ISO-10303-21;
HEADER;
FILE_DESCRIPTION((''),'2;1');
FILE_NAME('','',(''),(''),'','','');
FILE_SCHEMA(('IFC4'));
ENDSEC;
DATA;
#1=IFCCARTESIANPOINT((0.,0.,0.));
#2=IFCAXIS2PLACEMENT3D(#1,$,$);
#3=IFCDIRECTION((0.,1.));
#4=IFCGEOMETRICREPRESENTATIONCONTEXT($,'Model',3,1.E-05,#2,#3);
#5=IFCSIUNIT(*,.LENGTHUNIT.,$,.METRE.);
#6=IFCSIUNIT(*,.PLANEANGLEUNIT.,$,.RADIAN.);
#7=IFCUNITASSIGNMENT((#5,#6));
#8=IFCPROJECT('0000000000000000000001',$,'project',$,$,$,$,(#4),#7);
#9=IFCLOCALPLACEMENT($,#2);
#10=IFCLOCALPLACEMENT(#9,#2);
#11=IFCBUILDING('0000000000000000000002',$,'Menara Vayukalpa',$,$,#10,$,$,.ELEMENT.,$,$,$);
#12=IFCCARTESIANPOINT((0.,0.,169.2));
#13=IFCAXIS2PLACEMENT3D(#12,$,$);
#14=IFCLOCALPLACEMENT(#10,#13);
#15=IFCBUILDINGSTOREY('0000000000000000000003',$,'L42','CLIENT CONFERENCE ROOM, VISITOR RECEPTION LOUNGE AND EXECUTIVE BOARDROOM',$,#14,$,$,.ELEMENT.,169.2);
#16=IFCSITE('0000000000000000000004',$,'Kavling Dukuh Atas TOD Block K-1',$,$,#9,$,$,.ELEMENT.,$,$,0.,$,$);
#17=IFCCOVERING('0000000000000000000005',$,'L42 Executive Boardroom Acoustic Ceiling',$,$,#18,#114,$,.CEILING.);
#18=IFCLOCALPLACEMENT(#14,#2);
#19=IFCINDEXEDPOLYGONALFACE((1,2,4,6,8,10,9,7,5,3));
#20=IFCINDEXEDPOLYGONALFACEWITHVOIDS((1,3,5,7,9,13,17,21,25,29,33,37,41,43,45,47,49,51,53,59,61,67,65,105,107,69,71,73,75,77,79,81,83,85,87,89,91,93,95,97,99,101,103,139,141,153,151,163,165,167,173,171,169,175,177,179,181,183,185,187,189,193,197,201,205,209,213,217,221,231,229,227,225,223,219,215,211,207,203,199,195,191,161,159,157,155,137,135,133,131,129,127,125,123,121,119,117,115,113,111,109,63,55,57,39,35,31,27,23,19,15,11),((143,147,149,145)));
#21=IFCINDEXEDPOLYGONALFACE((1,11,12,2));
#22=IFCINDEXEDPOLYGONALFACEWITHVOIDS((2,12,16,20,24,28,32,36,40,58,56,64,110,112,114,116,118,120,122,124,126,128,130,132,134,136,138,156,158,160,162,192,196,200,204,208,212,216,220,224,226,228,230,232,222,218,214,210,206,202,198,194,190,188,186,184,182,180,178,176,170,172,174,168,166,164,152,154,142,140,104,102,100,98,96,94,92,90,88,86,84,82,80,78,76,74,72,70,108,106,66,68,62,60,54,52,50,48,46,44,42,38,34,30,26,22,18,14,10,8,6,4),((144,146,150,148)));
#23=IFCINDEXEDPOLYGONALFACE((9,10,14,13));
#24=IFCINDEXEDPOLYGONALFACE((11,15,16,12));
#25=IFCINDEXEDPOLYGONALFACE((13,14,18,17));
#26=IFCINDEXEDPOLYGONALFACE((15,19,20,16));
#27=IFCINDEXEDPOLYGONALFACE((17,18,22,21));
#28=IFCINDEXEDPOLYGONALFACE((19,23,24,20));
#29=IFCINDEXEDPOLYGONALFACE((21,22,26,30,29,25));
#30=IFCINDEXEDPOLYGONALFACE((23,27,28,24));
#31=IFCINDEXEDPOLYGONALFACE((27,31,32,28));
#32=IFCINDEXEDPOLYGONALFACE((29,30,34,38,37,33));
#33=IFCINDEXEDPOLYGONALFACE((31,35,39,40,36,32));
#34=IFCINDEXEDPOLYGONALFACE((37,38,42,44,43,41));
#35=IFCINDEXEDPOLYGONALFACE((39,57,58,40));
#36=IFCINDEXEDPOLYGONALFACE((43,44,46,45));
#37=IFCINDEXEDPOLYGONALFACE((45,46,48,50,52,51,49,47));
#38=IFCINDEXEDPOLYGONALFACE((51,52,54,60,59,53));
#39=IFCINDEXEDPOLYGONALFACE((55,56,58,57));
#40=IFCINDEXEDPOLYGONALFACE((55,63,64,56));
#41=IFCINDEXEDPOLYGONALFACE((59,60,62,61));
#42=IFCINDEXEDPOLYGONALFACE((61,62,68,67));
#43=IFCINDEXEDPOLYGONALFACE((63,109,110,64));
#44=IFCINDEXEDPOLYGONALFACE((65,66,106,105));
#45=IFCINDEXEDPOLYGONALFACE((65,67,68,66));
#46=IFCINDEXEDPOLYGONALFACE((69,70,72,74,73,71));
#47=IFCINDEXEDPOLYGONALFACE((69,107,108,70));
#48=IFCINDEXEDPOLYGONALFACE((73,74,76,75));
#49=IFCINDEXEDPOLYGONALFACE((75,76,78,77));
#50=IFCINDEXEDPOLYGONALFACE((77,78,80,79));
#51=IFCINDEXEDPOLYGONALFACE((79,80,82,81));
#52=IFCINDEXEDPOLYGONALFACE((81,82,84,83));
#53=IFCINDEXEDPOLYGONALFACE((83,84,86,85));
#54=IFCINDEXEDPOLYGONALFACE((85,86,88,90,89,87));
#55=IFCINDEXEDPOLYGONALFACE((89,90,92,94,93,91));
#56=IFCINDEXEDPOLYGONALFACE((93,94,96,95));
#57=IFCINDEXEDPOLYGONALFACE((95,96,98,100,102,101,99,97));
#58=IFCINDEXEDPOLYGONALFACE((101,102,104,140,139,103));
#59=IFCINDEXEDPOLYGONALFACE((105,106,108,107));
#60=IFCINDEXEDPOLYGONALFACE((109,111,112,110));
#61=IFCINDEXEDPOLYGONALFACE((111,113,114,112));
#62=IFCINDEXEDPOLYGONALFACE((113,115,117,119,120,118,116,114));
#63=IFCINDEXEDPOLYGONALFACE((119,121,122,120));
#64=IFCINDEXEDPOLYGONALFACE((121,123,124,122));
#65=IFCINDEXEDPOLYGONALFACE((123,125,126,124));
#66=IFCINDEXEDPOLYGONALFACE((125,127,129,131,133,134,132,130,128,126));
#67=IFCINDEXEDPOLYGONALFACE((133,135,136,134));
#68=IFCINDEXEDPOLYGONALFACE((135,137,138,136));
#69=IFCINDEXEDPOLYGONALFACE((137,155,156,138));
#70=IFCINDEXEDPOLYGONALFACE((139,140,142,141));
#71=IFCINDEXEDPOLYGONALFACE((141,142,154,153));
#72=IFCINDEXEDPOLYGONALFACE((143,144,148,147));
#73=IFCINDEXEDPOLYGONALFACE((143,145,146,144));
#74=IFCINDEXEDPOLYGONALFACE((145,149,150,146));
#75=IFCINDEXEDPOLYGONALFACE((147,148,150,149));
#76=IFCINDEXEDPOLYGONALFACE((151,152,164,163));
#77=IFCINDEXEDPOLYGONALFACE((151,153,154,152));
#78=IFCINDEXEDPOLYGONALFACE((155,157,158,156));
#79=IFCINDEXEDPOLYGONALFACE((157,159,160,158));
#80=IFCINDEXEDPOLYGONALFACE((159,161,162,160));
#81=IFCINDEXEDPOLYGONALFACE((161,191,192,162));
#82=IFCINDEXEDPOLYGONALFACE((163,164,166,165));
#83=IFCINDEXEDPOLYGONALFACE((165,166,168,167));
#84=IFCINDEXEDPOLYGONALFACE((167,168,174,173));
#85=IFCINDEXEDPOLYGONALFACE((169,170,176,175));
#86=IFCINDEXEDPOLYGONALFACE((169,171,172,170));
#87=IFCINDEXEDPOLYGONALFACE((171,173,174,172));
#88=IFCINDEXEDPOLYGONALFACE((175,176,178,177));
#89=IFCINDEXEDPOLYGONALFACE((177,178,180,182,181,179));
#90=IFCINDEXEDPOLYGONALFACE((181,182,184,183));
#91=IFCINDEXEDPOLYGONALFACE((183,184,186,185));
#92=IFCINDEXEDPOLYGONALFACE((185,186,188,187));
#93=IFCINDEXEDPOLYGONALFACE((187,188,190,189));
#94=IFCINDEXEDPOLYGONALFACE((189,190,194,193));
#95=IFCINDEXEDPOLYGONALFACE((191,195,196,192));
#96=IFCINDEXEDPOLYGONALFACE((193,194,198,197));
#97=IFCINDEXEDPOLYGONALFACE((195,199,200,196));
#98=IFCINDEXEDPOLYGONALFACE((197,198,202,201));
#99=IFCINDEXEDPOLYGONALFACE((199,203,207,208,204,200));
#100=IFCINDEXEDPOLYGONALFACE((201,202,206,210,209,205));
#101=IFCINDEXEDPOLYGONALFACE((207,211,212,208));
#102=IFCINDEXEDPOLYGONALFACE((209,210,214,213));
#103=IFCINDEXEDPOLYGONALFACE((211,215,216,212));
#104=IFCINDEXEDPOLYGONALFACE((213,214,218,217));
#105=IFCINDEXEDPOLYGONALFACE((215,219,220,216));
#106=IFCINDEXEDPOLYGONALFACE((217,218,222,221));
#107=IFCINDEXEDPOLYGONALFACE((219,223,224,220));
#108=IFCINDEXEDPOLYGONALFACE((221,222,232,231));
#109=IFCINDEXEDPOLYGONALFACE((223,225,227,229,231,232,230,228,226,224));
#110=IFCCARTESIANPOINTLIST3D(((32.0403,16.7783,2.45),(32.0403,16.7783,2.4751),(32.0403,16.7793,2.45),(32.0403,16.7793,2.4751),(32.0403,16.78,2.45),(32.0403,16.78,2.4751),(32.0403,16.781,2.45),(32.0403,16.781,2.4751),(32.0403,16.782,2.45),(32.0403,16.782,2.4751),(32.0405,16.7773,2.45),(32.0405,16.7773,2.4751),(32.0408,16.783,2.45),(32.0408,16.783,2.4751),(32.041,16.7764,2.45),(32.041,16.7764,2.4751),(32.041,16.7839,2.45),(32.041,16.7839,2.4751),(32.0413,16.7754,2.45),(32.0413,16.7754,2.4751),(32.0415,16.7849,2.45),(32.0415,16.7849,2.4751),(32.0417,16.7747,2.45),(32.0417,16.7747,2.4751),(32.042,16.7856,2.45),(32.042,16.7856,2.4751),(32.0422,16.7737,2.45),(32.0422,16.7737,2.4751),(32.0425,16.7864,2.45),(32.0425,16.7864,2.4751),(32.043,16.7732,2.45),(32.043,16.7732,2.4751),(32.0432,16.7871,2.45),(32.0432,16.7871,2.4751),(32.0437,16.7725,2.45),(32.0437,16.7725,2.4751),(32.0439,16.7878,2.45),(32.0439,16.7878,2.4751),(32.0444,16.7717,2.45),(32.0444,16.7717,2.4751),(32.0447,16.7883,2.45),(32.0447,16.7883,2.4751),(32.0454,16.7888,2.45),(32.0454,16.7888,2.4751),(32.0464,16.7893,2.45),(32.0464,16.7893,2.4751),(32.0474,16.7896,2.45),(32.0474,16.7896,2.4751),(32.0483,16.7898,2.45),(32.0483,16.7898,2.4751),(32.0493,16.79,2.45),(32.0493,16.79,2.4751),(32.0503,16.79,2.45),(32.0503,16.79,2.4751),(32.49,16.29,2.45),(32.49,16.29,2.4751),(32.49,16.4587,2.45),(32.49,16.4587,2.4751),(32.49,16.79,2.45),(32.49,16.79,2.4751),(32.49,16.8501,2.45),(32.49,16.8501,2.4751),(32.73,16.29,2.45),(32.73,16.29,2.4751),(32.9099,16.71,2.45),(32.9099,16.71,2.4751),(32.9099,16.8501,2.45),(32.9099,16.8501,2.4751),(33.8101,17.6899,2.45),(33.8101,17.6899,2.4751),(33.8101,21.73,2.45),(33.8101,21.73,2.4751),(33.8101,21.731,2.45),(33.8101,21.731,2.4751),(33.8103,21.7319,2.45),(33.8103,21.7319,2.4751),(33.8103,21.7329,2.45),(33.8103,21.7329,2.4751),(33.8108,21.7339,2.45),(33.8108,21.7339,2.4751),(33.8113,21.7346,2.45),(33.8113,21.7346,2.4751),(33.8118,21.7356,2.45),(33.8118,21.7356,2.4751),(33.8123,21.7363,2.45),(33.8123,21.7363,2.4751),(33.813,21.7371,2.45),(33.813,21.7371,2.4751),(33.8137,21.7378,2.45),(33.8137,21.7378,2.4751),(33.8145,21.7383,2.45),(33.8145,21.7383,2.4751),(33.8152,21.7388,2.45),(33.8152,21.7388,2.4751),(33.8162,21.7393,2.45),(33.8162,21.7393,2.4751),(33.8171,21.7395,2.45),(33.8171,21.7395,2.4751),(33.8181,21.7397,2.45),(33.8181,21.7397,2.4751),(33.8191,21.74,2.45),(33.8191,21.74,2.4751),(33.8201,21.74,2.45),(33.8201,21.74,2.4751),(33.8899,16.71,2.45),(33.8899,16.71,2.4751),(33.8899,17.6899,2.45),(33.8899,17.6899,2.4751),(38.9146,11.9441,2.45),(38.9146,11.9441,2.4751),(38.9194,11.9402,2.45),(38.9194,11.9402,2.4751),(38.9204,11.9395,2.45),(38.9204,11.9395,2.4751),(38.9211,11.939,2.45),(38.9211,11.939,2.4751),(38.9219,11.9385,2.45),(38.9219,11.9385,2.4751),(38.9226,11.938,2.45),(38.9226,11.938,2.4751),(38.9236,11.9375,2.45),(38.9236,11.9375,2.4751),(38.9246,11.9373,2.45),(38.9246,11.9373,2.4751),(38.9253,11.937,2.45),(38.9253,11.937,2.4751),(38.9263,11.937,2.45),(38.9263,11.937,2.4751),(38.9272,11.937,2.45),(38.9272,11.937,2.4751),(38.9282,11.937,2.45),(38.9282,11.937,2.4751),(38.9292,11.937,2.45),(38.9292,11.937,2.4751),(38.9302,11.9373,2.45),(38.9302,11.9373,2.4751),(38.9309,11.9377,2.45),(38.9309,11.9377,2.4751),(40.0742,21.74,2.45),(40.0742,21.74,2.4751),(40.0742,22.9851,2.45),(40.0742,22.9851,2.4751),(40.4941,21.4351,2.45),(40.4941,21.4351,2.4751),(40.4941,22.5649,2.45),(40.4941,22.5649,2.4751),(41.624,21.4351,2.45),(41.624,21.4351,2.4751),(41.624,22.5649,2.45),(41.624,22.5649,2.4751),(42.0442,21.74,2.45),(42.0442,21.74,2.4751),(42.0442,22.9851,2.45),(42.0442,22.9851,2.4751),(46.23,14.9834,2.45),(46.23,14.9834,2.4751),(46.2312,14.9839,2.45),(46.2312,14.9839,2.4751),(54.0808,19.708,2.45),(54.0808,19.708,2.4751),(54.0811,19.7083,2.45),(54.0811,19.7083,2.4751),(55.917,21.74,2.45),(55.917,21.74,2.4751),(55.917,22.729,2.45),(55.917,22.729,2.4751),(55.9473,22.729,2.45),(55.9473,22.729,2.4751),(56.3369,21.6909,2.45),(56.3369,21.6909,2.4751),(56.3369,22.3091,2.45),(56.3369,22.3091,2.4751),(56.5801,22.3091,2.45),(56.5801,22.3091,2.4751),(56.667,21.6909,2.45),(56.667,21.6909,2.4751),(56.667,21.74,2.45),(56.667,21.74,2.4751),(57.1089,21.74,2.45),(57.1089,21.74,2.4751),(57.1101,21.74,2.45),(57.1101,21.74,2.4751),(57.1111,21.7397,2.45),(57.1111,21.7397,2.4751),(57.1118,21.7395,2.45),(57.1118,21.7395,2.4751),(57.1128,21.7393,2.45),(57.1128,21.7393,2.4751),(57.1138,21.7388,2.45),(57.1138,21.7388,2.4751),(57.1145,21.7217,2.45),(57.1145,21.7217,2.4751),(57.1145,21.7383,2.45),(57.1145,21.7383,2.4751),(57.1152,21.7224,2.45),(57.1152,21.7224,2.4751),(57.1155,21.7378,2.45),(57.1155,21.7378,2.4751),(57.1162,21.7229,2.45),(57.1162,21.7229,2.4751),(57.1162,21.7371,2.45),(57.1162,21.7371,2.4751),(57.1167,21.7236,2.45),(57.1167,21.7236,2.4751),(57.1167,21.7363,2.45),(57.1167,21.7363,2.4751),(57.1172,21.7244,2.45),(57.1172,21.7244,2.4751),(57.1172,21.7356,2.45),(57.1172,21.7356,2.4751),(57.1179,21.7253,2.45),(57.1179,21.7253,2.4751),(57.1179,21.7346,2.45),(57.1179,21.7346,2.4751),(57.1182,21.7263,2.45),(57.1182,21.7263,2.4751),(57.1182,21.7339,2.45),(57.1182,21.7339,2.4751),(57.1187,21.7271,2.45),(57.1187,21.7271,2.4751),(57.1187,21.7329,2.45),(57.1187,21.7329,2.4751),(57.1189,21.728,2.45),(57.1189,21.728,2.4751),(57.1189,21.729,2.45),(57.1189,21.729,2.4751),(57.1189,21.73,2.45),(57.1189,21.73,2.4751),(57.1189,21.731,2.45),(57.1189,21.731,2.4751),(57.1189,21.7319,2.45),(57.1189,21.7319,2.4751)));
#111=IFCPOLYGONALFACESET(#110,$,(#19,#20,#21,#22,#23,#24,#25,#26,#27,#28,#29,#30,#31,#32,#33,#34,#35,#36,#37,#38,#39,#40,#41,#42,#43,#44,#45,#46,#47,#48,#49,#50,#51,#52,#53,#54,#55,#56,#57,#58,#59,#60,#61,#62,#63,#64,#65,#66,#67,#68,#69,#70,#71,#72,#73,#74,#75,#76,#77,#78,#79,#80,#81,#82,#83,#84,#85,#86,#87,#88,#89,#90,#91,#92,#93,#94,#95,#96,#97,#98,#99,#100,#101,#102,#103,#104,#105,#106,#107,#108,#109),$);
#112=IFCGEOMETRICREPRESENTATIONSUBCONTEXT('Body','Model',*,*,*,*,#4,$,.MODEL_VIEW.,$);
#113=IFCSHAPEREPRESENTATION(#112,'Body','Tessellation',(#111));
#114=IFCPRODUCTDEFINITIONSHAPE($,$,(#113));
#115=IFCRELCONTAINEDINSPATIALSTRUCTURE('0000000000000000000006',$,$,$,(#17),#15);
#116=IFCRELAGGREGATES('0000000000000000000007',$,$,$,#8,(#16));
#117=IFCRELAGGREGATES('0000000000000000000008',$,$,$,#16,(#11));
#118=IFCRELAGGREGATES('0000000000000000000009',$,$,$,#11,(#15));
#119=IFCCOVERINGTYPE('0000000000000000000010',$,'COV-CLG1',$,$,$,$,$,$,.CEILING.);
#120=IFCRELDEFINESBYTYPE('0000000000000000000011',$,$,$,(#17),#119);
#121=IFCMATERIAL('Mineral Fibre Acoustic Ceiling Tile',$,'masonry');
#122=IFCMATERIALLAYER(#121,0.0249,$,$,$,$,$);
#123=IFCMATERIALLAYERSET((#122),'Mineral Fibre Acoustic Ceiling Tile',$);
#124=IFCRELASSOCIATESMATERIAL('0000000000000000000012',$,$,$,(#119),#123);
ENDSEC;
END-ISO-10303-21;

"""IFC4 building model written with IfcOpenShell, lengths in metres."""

from ifc_helpers import new_model, si_unit, direction, frame, origin, place, context, subcontext, project, spatial, polyline, outline, extrude, material, layer, layer_set, type_object, element, save


model = new_model("IFC4")

# Units and contexts
model_context = context("Model", 3, precision=1e-05, world=origin(), true_north=direction((0.0, 1.0)))
body_context = subcontext(model_context, "Body", "Model", "MODEL_VIEW")
ifc_project = project(units=[si_unit("LENGTHUNIT", "METRE"), si_unit("PLANEANGLEUNIT", "RADIAN")], contexts=[model_context])

# Site, building, storey
site_placement = place(None, origin())
site = spatial("IfcSite", under=ifc_project, at=site_placement, Name="Kavling Dukuh Atas TOD Block K-1", CompositionType="ELEMENT", RefElevation=0.0)
building_placement = place(site_placement, origin())
building = spatial("IfcBuilding", under=site, at=building_placement, Name="Menara Vayukalpa", CompositionType="ELEMENT")
storey_placement = place(building_placement, frame((0.0, 0.0, 169.2)))
storey = spatial("IfcBuildingStorey", under=building, at=storey_placement, Name="L42", Description="CLIENT CONFERENCE ROOM, VISITOR RECEPTION LOUNGE AND EXECUTIVE BOARDROOM", CompositionType="ELEMENT", Elevation=169.2)

# Covering
ifc_material_1 = material(Name="Mineral Fibre Acoustic Ceiling Tile", Category="masonry")
ifc_layer_1 = layer(ifc_material_1, 0.0249)
ifc_layer_set_1 = layer_set([ifc_layer_1], Name="Mineral Fibre Acoustic Ceiling Tile")
covering_type_1 = type_object("IfcCoveringType", Name="COV-CLG1", PredefinedType="CEILING", material=ifc_layer_set_1)
covering_1_placement = place(storey_placement, frame((0.0, 0.0, 2.45)))
element("IfcCovering", 1, at=covering_1_placement, inside=storey, type_object=covering_type_1, Name="L42 Executive Boardroom Acoustic Ceiling", PredefinedType="CEILING", context=body_context, shape_type="SweptSolid", body=[
    extrude(outline(polyline([(32.0437, 16.7725), (32.043, 16.7732), (32.0422, 16.7737), (32.0417, 16.7747), (32.0413, 16.7754), (32.041, 16.7764), (32.0405, 16.7773), (32.0403, 16.7783), (32.0403, 16.7793), (32.0403, 16.78), (32.0403, 16.781), (32.0403, 16.782), (32.0408, 16.783), (32.041, 16.7839), (32.0415, 16.7849), (32.042, 16.7856), (32.0425, 16.7864), (32.0432, 16.7871), (32.0439, 16.7878), (32.0447, 16.7883), (32.0454, 16.7888), (32.0464, 16.7893), (32.0474, 16.7896), (32.0483, 16.7898), (32.0493, 16.79), (32.0503, 16.79), (32.49, 16.79), (32.49, 16.8501), (32.9099, 16.8501), (32.9099, 16.71), (33.8899, 16.71), (33.8899, 17.6899), (33.8101, 17.6899), (33.8101, 21.73), (33.8101, 21.731), (33.8103, 21.7319), (33.8103, 21.7329), (33.8108, 21.7339), (33.8113, 21.7346), (33.8118, 21.7356), (33.8123, 21.7363), (33.813, 21.7371), (33.8137, 21.7378), (33.8145, 21.7383), (33.8152, 21.7388), (33.8162, 21.7393), (33.8171, 21.7395), (33.8181, 21.7397), (33.8191, 21.74), (33.8201, 21.74), (40.0742, 21.74), (40.0742, 22.9851), (42.0442, 22.9851), (42.0442, 21.74), (55.917, 21.74), (55.917, 22.729), (55.9473, 22.729), (56.5801, 22.3091), (56.3369, 22.3091), (56.3369, 21.6909), (56.667, 21.6909), (56.667, 21.74), (57.1089, 21.74), (57.1101, 21.74), (57.1111, 21.7397), (57.1118, 21.7395), (57.1128, 21.7393), (57.1138, 21.7388), (57.1145, 21.7383), (57.1155, 21.7378), (57.1162, 21.7371), (57.1167, 21.7363), (57.1172, 21.7356), (57.1179, 21.7346), (57.1182, 21.7339), (57.1187, 21.7329), (57.1189, 21.7319), (57.1189, 21.731), (57.1189, 21.73), (57.1189, 21.729), (57.1189, 21.728), (57.1187, 21.7271), (57.1182, 21.7263), (57.1179, 21.7253), (57.1172, 21.7244), (57.1167, 21.7236), (57.1162, 21.7229), (57.1152, 21.7224), (57.1145, 21.7217), (54.0811, 19.7083), (54.0808, 19.708), (46.2312, 14.9839), (46.23, 14.9834), (38.9309, 11.9377), (38.9302, 11.9373), (38.9292, 11.937), (38.9282, 11.937), (38.9272, 11.937), (38.9263, 11.937), (38.9253, 11.937), (38.9246, 11.9373), (38.9236, 11.9375), (38.9226, 11.938), (38.9219, 11.9385), (38.9211, 11.939), (38.9204, 11.9395), (38.9194, 11.9402), (38.9146, 11.9441), (32.73, 16.29), (32.49, 16.29), (32.49, 16.4587), (32.0444, 16.7717), (32.0437, 16.7725)]), holes=[polyline([(41.624, 22.5649), (40.4941, 22.5649), (40.4941, 21.4351), (41.624, 21.4351), (41.624, 22.5649)])]), origin(), (0.0, 0.0, 1.0), 0.0251),
])

save(model, "model.ifc")
